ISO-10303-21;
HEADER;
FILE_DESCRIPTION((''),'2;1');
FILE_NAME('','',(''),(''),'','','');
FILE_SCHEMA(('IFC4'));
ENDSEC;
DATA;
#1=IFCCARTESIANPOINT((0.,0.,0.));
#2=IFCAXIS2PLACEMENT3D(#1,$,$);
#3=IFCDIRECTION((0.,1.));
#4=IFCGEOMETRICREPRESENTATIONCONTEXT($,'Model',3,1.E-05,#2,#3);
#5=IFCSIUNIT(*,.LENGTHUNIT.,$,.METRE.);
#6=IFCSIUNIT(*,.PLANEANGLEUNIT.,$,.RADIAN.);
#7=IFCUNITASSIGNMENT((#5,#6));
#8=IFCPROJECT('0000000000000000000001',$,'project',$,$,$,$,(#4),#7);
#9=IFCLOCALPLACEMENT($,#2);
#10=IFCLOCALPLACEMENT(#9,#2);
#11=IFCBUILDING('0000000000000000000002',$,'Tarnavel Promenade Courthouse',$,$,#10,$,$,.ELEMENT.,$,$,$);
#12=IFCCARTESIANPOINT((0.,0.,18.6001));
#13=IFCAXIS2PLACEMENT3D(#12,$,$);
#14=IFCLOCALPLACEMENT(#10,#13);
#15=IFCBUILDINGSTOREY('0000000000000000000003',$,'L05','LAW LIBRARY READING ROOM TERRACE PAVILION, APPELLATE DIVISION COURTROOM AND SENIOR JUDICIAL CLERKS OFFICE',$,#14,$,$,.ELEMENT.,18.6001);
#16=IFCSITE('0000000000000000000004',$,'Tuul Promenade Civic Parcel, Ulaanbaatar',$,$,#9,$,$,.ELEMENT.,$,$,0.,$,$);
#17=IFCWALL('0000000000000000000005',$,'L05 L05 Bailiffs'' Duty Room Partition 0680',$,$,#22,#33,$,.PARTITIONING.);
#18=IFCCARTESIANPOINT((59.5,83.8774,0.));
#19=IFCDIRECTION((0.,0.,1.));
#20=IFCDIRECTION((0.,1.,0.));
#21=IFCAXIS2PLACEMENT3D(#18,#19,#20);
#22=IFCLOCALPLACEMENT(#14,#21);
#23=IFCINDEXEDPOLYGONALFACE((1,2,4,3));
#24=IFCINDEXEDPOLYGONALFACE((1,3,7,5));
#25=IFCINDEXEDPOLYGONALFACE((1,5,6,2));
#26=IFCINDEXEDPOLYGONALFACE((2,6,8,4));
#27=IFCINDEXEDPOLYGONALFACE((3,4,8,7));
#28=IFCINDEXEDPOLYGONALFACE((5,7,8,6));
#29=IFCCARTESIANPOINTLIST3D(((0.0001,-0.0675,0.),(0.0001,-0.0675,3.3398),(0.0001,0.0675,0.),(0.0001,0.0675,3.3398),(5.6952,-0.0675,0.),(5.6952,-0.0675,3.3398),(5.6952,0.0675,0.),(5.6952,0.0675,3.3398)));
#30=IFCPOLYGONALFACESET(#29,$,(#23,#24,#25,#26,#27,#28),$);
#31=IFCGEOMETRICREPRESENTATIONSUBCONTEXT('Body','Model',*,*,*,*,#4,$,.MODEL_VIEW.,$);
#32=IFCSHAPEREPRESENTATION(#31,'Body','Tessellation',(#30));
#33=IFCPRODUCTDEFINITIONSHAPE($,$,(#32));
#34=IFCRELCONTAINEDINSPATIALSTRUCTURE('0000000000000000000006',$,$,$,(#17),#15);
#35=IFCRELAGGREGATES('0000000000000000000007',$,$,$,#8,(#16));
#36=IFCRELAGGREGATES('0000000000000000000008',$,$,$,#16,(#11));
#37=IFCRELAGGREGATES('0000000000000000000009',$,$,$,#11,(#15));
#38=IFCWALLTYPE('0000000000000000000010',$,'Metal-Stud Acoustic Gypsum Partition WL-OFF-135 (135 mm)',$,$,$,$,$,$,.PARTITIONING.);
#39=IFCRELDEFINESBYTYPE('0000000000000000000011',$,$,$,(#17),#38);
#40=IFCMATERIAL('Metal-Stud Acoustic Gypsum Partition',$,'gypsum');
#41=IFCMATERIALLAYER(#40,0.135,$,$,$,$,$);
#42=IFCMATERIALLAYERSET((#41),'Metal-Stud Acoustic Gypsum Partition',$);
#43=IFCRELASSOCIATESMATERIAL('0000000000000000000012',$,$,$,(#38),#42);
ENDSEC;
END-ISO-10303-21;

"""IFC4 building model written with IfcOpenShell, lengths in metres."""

from ifc_helpers import new_model, si_unit, direction, frame, frame_2d, origin, place, context, subcontext, project, spatial, rectangle, extrude, material, layer, layer_set, type_object, element, save


model = new_model("IFC4")

# Units and contexts
model_context = context("Model", 3, precision=1e-05, world=origin(), true_north=direction((0.0, 1.0)))
body_context = subcontext(model_context, "Body", "Model", "MODEL_VIEW")
ifc_project = project(units=[si_unit("LENGTHUNIT", "METRE"), si_unit("PLANEANGLEUNIT", "RADIAN")], contexts=[model_context])

# Site, building, storey
site_placement = place(None, origin())
site = spatial("IfcSite", under=ifc_project, at=site_placement, Name="Tuul Promenade Civic Parcel, Ulaanbaatar", CompositionType="ELEMENT", RefElevation=0.0)
building_placement = place(site_placement, origin())
building = spatial("IfcBuilding", under=site, at=building_placement, Name="Tarnavel Promenade Courthouse", CompositionType="ELEMENT")
storey_placement = place(building_placement, frame((0.0, 0.0, 18.6001)))
storey = spatial("IfcBuildingStorey", under=building, at=storey_placement, Name="L05", Description="LAW LIBRARY READING ROOM TERRACE PAVILION, APPELLATE DIVISION COURTROOM AND SENIOR JUDICIAL CLERKS OFFICE", CompositionType="ELEMENT", Elevation=18.6001)

# Wall
ifc_material_1 = material(Name="Metal-Stud Acoustic Gypsum Partition", Category="gypsum")
ifc_layer_1 = layer(ifc_material_1, 0.135)
ifc_layer_set_1 = layer_set([ifc_layer_1], Name="Metal-Stud Acoustic Gypsum Partition")
wall_type_1 = type_object("IfcWallType", Name="Metal-Stud Acoustic Gypsum Partition WL-OFF-135 (135 mm)", PredefinedType="PARTITIONING", material=ifc_layer_set_1)
wall_1_placement = place(storey_placement, frame((59.5, 83.8774, 0.0), z_axis=(0.0, 0.0, 1.0), x_axis=(0.0, 1.0, 0.0)))
element("IfcWall", 1, at=wall_1_placement, inside=storey, type_object=wall_type_1, Name="L05 L05 Bailiffs' Duty Room Partition 0680", PredefinedType="PARTITIONING", context=body_context, shape_type="SweptSolid", body=[
    extrude(rectangle(XDim=5.6951, YDim=0.135, at=frame_2d((2.8477, 0.0))), origin(), (0.0, 0.0, 1.0), 3.3398),
])

save(model, "model.ifc")
